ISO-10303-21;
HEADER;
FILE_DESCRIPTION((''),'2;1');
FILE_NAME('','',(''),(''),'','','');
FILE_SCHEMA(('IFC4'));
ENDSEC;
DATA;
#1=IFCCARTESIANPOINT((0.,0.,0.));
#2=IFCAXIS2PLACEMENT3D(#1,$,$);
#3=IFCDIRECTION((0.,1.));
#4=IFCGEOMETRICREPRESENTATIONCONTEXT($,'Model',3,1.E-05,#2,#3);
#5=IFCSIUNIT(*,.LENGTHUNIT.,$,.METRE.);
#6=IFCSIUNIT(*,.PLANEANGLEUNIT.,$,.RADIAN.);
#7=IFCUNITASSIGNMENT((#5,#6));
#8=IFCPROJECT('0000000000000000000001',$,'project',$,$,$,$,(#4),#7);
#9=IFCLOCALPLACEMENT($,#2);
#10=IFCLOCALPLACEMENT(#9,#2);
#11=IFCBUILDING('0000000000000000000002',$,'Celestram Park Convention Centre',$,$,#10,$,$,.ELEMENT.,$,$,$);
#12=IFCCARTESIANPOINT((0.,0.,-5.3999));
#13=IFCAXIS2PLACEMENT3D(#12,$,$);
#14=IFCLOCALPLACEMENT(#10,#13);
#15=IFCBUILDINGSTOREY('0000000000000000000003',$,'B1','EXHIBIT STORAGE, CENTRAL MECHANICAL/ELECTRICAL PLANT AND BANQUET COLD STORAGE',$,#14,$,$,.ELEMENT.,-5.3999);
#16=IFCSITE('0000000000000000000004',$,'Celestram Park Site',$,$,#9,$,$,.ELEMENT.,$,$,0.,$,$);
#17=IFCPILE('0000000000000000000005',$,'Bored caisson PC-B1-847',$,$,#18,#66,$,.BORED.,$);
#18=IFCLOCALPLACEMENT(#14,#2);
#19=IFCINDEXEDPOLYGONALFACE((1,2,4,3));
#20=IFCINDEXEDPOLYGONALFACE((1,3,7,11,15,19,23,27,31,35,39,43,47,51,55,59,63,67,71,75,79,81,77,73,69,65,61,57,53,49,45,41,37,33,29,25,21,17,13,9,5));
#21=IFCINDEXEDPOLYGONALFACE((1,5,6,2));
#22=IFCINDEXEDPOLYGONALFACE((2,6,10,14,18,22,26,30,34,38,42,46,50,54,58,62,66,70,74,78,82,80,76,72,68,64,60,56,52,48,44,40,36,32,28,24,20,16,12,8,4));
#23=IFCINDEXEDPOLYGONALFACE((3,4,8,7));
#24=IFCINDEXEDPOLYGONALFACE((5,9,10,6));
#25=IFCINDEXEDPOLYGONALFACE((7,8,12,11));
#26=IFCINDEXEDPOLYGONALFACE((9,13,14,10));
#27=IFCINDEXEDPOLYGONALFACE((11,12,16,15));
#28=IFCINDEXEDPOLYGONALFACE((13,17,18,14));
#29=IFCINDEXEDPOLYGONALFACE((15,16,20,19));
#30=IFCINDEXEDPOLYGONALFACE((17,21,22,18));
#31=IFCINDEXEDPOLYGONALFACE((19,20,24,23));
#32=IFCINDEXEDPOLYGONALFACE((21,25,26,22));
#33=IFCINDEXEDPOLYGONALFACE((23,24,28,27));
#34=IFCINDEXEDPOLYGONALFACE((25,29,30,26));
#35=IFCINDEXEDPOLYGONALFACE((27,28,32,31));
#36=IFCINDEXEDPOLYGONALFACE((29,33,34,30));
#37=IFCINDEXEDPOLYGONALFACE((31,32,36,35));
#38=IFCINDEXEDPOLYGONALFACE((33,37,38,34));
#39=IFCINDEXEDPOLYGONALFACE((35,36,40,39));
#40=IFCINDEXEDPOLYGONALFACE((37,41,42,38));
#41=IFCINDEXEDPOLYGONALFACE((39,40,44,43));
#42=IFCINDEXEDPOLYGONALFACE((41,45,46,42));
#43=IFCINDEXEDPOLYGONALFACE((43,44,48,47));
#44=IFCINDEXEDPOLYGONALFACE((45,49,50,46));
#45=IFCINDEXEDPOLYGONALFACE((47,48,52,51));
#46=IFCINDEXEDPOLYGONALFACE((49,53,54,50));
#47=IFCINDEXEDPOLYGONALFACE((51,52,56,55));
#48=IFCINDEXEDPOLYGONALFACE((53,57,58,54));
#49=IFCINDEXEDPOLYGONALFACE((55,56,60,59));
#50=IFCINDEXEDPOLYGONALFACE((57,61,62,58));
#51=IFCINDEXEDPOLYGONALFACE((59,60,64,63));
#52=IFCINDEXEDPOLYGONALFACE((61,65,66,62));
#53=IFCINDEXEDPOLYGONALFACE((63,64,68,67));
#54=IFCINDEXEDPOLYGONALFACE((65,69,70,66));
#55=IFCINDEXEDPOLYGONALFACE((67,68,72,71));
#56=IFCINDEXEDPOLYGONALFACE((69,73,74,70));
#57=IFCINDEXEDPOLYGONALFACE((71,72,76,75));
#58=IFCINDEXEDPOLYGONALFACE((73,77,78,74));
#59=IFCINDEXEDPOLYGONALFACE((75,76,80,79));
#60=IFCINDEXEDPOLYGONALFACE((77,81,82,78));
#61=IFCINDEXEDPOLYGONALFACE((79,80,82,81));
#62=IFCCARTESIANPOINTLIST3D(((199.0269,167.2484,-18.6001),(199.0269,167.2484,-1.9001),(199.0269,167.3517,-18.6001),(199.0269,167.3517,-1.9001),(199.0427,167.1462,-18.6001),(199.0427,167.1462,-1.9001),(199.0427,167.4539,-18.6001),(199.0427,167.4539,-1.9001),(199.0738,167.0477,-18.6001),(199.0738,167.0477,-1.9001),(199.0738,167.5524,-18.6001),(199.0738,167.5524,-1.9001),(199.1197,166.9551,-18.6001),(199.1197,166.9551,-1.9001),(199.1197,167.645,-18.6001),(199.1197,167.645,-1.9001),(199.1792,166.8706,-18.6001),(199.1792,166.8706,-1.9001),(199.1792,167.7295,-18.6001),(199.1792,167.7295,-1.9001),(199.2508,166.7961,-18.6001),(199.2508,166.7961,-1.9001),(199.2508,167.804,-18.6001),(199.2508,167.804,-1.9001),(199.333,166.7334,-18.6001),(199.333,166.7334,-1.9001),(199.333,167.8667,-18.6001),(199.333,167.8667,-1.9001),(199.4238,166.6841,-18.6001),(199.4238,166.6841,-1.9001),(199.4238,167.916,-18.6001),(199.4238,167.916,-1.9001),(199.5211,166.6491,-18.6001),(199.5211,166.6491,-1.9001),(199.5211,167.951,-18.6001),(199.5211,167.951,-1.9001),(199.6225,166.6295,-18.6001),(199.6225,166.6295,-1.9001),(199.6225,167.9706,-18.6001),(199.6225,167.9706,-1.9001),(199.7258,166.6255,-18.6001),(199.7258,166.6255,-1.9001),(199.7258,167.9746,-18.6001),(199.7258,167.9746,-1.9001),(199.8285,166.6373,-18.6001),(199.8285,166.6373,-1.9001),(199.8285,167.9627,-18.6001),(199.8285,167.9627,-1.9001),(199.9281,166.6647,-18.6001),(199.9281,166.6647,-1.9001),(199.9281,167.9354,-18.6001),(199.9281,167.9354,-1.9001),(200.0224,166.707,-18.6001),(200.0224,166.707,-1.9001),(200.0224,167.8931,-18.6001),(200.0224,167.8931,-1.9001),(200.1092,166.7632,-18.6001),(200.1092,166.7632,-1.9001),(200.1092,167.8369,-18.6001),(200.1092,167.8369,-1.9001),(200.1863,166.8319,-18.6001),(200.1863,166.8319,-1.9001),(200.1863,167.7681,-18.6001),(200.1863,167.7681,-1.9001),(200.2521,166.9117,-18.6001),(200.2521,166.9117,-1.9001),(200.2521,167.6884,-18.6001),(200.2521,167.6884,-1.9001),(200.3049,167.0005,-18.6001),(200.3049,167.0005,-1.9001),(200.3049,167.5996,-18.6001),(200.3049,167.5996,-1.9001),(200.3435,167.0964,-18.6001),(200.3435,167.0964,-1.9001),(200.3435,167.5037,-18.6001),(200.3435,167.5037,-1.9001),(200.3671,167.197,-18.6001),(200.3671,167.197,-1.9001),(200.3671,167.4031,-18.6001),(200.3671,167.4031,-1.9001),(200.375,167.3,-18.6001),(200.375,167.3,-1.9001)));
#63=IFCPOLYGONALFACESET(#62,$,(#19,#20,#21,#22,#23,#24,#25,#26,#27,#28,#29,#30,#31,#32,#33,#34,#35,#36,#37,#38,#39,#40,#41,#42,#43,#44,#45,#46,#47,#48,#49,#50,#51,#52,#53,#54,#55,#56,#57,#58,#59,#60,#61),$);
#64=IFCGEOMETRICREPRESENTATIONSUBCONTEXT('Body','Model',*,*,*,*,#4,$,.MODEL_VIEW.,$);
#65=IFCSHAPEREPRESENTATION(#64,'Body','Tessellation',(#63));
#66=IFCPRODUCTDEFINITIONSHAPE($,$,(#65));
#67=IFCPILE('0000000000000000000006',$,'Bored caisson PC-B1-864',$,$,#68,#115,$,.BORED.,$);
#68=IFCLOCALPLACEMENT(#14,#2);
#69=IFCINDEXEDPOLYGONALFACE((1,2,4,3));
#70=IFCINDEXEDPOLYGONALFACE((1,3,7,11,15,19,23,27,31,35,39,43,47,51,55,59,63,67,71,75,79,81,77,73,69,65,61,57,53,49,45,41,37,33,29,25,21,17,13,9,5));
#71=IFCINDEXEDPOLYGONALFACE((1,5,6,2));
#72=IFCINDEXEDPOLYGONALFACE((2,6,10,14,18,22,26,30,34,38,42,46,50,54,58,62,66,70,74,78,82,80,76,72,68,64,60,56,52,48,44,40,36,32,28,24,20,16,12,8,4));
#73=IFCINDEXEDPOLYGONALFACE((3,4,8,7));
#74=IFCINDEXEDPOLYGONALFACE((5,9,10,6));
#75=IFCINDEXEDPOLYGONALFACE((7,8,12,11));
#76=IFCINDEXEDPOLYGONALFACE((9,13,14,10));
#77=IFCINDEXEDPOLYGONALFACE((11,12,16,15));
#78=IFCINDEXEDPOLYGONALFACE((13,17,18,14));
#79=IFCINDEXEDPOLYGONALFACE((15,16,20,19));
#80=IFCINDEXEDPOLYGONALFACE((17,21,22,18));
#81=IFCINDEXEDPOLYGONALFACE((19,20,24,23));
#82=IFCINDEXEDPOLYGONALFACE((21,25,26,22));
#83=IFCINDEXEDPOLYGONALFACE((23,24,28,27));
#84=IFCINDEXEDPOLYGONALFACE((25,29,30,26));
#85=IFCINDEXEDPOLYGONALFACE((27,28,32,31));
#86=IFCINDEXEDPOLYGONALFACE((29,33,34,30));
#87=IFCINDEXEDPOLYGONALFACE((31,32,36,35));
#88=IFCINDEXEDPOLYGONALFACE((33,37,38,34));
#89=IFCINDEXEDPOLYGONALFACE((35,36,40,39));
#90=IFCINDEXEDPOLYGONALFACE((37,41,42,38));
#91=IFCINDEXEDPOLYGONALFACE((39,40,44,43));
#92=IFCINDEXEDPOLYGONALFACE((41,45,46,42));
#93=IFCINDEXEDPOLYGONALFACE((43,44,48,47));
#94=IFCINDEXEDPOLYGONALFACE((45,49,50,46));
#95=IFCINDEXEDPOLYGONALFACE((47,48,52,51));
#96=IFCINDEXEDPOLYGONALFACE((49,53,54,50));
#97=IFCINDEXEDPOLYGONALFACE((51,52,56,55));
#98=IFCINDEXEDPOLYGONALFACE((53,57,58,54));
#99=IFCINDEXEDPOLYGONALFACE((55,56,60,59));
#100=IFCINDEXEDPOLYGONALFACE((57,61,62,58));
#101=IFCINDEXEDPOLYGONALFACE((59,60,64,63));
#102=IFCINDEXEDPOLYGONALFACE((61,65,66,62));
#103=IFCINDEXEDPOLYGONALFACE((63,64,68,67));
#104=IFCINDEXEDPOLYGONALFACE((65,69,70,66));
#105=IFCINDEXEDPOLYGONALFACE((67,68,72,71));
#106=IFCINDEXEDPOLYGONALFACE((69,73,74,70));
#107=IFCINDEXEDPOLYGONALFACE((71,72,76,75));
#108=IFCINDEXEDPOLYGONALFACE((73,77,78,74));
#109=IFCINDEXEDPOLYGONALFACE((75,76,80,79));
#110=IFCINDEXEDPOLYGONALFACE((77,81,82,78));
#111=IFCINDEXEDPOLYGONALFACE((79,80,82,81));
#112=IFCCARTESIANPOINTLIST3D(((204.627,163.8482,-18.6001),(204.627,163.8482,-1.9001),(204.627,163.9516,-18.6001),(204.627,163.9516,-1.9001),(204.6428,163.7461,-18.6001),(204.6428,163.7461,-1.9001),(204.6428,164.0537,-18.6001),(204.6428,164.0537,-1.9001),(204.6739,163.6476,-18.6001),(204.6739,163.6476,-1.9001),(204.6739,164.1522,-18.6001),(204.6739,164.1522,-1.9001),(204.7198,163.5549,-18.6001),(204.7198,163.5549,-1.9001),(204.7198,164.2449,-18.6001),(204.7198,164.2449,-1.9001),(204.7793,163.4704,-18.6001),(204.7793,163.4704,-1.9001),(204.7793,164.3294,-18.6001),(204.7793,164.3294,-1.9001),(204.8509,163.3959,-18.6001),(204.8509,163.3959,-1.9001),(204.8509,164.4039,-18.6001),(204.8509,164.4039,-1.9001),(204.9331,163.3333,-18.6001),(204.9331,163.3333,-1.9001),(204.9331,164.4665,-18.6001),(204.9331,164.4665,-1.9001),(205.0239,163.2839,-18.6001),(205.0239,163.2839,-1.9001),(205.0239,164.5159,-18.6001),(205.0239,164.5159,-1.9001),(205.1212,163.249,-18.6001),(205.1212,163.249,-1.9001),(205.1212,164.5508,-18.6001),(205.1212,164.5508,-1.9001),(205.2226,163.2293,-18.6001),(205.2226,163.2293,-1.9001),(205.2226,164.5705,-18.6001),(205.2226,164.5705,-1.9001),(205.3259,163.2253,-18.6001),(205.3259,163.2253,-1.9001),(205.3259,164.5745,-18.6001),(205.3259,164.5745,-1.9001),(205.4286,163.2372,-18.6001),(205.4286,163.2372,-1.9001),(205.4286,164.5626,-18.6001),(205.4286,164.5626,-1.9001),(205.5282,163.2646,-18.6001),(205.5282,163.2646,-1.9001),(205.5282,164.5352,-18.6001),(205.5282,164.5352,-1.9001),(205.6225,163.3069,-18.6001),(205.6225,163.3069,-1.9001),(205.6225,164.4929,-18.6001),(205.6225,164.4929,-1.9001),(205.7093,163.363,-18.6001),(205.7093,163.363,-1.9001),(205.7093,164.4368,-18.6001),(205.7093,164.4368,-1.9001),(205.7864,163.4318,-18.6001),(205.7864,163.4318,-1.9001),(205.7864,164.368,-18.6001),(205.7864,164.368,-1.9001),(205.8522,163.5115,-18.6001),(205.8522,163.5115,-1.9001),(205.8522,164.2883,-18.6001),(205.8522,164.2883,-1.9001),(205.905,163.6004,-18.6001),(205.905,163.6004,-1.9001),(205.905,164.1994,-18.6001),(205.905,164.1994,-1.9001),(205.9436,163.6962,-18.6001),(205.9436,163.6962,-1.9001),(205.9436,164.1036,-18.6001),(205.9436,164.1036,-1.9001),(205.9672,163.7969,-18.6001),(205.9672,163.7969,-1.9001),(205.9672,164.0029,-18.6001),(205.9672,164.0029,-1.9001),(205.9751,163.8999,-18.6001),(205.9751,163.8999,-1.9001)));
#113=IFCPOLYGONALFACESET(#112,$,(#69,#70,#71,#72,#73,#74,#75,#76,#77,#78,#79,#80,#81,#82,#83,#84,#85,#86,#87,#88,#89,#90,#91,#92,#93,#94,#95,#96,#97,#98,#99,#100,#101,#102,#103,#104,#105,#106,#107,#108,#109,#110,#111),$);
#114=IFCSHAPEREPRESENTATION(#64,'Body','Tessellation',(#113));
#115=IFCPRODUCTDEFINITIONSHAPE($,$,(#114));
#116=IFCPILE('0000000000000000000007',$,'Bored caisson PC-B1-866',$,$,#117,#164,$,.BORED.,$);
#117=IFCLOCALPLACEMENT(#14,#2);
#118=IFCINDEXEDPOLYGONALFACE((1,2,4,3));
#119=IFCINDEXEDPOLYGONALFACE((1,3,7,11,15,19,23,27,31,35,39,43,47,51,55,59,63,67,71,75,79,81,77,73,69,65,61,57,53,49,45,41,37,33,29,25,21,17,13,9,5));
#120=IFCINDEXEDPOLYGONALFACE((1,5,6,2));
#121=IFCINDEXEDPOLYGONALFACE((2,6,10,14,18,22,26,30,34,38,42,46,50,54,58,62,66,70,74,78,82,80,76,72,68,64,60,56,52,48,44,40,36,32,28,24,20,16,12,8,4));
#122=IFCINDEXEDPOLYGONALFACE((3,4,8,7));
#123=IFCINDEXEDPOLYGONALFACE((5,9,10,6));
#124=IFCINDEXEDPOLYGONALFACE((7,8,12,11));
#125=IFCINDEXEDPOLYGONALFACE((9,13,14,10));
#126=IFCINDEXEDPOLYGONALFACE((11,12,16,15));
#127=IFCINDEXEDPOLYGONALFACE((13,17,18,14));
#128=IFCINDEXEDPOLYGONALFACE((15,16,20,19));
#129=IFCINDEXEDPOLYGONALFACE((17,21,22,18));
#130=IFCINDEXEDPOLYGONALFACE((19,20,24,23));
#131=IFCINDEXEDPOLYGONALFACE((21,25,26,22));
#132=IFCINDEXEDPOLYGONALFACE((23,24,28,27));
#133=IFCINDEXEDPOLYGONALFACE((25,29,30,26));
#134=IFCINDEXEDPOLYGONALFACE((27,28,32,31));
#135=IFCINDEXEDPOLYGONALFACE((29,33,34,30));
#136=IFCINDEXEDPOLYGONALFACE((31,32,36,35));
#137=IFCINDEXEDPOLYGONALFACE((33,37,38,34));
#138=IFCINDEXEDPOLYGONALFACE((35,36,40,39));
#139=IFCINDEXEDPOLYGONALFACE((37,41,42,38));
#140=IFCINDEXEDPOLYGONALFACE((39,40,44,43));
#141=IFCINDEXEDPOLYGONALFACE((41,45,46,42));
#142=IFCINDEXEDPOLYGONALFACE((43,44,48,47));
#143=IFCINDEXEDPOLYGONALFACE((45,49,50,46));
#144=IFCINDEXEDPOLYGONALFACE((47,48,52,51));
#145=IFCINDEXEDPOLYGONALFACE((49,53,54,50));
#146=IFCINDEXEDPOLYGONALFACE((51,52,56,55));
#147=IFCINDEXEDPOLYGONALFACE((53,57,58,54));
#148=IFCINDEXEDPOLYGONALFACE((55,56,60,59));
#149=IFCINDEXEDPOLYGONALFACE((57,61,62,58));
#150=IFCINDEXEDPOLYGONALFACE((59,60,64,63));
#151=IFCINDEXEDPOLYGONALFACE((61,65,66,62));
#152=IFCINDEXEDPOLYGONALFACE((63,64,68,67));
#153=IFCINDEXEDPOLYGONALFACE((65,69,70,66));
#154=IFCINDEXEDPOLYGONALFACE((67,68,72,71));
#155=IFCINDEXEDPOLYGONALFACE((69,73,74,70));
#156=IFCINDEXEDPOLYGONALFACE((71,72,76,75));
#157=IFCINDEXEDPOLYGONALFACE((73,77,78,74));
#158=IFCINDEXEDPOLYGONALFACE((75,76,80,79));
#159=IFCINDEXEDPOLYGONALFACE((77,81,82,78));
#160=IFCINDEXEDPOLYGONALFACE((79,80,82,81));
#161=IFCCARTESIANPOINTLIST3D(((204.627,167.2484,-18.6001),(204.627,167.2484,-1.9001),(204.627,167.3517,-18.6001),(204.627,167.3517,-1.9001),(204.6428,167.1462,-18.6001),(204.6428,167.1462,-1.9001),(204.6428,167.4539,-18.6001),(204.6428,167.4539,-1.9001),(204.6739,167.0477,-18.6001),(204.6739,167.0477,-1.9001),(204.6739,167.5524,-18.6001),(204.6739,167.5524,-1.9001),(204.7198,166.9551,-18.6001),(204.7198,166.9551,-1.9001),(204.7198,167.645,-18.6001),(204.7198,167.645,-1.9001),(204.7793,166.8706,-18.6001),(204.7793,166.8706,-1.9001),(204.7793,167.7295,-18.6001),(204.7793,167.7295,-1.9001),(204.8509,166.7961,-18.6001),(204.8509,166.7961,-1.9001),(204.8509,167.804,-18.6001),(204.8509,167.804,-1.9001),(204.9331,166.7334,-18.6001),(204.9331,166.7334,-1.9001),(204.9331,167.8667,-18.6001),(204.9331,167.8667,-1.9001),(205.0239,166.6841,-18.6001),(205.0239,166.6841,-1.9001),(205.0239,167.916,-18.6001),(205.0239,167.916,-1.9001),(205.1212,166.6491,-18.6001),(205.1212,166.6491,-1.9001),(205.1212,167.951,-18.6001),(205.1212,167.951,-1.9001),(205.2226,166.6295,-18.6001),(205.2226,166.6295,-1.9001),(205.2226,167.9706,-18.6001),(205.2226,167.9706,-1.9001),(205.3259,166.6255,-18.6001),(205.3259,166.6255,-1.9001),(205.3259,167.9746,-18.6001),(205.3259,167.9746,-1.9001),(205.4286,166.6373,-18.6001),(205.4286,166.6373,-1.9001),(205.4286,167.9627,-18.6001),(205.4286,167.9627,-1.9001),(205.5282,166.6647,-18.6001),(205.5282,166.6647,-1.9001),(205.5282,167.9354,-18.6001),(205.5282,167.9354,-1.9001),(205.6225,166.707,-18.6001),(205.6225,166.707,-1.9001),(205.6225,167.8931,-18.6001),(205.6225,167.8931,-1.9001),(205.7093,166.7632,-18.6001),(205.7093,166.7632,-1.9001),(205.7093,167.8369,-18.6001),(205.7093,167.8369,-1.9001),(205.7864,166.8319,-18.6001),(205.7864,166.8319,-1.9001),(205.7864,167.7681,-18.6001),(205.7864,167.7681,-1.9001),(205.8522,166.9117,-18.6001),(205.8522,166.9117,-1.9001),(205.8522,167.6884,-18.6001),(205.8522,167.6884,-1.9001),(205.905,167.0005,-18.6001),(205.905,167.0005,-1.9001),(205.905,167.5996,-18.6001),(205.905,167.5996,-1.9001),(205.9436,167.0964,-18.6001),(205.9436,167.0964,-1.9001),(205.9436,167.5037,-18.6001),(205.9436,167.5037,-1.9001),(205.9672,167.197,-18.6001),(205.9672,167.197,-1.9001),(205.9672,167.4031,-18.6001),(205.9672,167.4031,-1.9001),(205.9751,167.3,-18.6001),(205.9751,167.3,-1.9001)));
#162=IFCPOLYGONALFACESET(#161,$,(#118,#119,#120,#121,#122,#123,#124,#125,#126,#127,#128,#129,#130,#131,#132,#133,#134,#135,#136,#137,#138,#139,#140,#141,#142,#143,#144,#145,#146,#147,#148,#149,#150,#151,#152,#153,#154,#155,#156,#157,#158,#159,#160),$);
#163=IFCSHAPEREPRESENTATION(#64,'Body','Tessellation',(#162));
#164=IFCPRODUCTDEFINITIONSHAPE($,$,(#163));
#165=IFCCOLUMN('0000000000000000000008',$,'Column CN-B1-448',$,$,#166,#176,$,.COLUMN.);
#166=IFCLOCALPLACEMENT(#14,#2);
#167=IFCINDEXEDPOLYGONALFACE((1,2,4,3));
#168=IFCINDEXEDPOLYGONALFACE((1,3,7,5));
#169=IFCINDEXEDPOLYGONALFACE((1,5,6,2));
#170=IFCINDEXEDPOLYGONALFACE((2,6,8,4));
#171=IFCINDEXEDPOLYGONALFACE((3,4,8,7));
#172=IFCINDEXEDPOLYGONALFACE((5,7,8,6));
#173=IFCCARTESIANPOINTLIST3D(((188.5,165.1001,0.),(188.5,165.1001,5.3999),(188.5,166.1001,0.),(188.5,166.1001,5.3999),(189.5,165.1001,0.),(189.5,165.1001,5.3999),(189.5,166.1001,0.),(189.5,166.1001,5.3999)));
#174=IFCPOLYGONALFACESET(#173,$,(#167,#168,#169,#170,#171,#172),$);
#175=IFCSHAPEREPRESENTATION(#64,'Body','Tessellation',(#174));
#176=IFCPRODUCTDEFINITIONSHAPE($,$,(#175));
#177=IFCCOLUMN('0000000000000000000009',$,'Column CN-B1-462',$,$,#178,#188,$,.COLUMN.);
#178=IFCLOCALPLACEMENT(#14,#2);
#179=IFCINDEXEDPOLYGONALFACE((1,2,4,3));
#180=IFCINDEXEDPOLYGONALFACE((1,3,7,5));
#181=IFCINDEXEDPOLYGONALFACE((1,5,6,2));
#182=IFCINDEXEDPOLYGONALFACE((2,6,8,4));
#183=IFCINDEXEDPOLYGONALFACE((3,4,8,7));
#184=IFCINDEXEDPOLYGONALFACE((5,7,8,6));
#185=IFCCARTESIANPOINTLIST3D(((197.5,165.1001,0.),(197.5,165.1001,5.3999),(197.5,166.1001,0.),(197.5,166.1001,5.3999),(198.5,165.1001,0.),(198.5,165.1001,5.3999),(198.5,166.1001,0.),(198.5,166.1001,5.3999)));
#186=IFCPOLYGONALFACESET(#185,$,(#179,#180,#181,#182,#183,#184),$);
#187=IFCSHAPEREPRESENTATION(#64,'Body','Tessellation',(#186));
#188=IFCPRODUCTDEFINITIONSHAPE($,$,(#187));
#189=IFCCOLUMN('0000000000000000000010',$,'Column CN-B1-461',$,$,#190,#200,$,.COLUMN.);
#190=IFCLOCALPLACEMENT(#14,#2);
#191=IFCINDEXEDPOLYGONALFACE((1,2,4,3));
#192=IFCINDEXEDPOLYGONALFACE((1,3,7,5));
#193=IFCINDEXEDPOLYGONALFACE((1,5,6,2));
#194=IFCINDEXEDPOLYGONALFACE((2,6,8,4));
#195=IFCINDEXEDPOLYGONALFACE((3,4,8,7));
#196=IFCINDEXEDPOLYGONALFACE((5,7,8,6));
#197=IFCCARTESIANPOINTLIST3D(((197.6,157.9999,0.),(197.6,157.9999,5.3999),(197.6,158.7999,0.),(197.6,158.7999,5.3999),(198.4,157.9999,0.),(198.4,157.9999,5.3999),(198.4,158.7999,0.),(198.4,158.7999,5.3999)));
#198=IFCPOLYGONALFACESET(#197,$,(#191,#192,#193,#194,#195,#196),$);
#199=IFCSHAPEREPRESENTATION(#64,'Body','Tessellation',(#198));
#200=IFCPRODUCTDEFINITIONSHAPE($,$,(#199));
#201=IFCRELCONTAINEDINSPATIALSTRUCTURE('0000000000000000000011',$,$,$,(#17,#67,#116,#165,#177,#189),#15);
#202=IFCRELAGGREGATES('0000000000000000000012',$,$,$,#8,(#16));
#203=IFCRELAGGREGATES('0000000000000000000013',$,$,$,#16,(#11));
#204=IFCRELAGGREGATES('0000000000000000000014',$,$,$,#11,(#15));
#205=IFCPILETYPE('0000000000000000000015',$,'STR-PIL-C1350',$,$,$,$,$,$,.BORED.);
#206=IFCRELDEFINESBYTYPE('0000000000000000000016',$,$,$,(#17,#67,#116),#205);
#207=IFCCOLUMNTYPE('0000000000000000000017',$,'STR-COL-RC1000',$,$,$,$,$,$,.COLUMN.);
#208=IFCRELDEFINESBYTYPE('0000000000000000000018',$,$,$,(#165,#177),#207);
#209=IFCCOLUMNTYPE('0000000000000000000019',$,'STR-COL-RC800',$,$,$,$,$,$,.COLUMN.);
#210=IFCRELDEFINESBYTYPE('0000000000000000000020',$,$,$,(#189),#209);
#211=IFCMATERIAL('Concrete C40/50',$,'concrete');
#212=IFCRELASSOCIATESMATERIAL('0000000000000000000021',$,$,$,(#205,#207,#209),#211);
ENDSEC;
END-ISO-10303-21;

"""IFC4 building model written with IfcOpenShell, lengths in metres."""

from ifc_helpers import new_model, si_unit, direction, frame, origin, origin_2d, place, context, subcontext, project, spatial, rectangle, circle, extrude, material, material_profile, profile_set, type_object, element, save


model = new_model("IFC4")

# Units and contexts
model_context = context("Model", 3, precision=1e-05, world=origin(), true_north=direction((0.0, 1.0)))
body_context = subcontext(model_context, "Body", "Model", "MODEL_VIEW")
ifc_project = project(units=[si_unit("LENGTHUNIT", "METRE"), si_unit("PLANEANGLEUNIT", "RADIAN")], contexts=[model_context])

# Site, building, storey
site_placement = place(None, origin())
site = spatial("IfcSite", under=ifc_project, at=site_placement, Name="Celestram Park Site", CompositionType="ELEMENT", RefElevation=0.0)
building_placement = place(site_placement, origin())
building = spatial("IfcBuilding", under=site, at=building_placement, Name="Celestram Park Convention Centre", CompositionType="ELEMENT")
storey_placement = place(building_placement, frame((0.0, 0.0, -5.3999)))
storey = spatial("IfcBuildingStorey", under=building, at=storey_placement, Name="B1", Description="EXHIBIT STORAGE, CENTRAL MECHANICAL/ELECTRICAL PLANT AND BANQUET COLD STORAGE", CompositionType="ELEMENT", Elevation=-5.3999)

# Shared definitions
ifc_material_1 = material(Name="Concrete C40/50", Category="concrete")

# Piles
ifc_material_profile_1 = material_profile(ifc_material_1, circle(Radius=0.675, at=origin_2d()), Name="CAISSON1350")
ifc_profile_set_1 = profile_set([ifc_material_profile_1], Name="Concrete C40/50")
pile_type_1 = type_object("IfcPileType", Name="STR-PIL-C1350", PredefinedType="BORED", material=ifc_profile_set_1)
for number, where, z_axis, x_axis, name in (
    (1, (199.7, 167.3, -1.9001), (0.0, 0.0, -1.0), (1.0, 0.0, 0.0), "Bored caisson PC-B1-847"),
    (2, (205.3, 163.8999, -1.9001), (0.0, 0.0, -1.0), (1.0, 0.0, 0.0), "Bored caisson PC-B1-864"),
    (3, (205.3, 167.3, -1.9001), (0.0, 0.0, -1.0), (1.0, 0.0, 0.0), "Bored caisson PC-B1-866"),
):
    element("IfcPile", number, at=place(storey_placement, frame(where, z_axis=z_axis, x_axis=x_axis)), inside=storey, type_object=pile_type_1, Name=name, PredefinedType="BORED", context=body_context, shape_type="SweptSolid", body=[
        extrude(circle(Radius=0.675, at=origin_2d()), origin(), (0.0, 0.0, 1.0), 16.7),
    ])

# Columns
ifc_material_profile_2 = material_profile(ifc_material_1, rectangle(XDim=1.0, YDim=1.0, at=origin_2d()), Name="RC1000X1000")
ifc_profile_set_2 = profile_set([ifc_material_profile_2], Name="Concrete C40/50")
column_type_1 = type_object("IfcColumnType", Name="STR-COL-RC1000", PredefinedType="COLUMN", material=ifc_profile_set_2)
for number, where, z_axis, x_axis, name in (
    (4, (189.0, 165.6001, 0.0), (0.0, 0.0, 1.0), (1.0, 0.0, 0.0), "Column CN-B1-448"),
    (5, (198.0, 165.6001, 0.0), (0.0, 0.0, 1.0), (1.0, 0.0, 0.0), "Column CN-B1-462"),
):
    element("IfcColumn", number, at=place(storey_placement, frame(where, z_axis=z_axis, x_axis=x_axis)), inside=storey, type_object=column_type_1, Name=name, PredefinedType="COLUMN", context=body_context, shape_type="SweptSolid", body=[
        extrude(rectangle(XDim=1.0, YDim=1.0, at=origin_2d()), origin(), (0.0, 0.0, 1.0), 5.3999),
    ])
ifc_material_profile_3 = material_profile(ifc_material_1, rectangle(XDim=0.8, YDim=0.8, at=origin_2d()), Name="RC800X800")
ifc_profile_set_3 = profile_set([ifc_material_profile_3], Name="Concrete C40/50")
column_type_2 = type_object("IfcColumnType", Name="STR-COL-RC800", PredefinedType="COLUMN", material=ifc_profile_set_3)
column_placement = place(storey_placement, frame((198.0, 158.3999, 0.0), z_axis=(0.0, 0.0, 1.0), x_axis=(1.0, 0.0, 0.0)))
element("IfcColumn", 6, at=column_placement, inside=storey, type_object=column_type_2, Name="Column CN-B1-461", PredefinedType="COLUMN", context=body_context, shape_type="SweptSolid", body=[
    extrude(rectangle(XDim=0.8, YDim=0.8, at=origin_2d()), origin(), (0.0, 0.0, 1.0), 5.3999),
])

save(model, "model.ifc")
